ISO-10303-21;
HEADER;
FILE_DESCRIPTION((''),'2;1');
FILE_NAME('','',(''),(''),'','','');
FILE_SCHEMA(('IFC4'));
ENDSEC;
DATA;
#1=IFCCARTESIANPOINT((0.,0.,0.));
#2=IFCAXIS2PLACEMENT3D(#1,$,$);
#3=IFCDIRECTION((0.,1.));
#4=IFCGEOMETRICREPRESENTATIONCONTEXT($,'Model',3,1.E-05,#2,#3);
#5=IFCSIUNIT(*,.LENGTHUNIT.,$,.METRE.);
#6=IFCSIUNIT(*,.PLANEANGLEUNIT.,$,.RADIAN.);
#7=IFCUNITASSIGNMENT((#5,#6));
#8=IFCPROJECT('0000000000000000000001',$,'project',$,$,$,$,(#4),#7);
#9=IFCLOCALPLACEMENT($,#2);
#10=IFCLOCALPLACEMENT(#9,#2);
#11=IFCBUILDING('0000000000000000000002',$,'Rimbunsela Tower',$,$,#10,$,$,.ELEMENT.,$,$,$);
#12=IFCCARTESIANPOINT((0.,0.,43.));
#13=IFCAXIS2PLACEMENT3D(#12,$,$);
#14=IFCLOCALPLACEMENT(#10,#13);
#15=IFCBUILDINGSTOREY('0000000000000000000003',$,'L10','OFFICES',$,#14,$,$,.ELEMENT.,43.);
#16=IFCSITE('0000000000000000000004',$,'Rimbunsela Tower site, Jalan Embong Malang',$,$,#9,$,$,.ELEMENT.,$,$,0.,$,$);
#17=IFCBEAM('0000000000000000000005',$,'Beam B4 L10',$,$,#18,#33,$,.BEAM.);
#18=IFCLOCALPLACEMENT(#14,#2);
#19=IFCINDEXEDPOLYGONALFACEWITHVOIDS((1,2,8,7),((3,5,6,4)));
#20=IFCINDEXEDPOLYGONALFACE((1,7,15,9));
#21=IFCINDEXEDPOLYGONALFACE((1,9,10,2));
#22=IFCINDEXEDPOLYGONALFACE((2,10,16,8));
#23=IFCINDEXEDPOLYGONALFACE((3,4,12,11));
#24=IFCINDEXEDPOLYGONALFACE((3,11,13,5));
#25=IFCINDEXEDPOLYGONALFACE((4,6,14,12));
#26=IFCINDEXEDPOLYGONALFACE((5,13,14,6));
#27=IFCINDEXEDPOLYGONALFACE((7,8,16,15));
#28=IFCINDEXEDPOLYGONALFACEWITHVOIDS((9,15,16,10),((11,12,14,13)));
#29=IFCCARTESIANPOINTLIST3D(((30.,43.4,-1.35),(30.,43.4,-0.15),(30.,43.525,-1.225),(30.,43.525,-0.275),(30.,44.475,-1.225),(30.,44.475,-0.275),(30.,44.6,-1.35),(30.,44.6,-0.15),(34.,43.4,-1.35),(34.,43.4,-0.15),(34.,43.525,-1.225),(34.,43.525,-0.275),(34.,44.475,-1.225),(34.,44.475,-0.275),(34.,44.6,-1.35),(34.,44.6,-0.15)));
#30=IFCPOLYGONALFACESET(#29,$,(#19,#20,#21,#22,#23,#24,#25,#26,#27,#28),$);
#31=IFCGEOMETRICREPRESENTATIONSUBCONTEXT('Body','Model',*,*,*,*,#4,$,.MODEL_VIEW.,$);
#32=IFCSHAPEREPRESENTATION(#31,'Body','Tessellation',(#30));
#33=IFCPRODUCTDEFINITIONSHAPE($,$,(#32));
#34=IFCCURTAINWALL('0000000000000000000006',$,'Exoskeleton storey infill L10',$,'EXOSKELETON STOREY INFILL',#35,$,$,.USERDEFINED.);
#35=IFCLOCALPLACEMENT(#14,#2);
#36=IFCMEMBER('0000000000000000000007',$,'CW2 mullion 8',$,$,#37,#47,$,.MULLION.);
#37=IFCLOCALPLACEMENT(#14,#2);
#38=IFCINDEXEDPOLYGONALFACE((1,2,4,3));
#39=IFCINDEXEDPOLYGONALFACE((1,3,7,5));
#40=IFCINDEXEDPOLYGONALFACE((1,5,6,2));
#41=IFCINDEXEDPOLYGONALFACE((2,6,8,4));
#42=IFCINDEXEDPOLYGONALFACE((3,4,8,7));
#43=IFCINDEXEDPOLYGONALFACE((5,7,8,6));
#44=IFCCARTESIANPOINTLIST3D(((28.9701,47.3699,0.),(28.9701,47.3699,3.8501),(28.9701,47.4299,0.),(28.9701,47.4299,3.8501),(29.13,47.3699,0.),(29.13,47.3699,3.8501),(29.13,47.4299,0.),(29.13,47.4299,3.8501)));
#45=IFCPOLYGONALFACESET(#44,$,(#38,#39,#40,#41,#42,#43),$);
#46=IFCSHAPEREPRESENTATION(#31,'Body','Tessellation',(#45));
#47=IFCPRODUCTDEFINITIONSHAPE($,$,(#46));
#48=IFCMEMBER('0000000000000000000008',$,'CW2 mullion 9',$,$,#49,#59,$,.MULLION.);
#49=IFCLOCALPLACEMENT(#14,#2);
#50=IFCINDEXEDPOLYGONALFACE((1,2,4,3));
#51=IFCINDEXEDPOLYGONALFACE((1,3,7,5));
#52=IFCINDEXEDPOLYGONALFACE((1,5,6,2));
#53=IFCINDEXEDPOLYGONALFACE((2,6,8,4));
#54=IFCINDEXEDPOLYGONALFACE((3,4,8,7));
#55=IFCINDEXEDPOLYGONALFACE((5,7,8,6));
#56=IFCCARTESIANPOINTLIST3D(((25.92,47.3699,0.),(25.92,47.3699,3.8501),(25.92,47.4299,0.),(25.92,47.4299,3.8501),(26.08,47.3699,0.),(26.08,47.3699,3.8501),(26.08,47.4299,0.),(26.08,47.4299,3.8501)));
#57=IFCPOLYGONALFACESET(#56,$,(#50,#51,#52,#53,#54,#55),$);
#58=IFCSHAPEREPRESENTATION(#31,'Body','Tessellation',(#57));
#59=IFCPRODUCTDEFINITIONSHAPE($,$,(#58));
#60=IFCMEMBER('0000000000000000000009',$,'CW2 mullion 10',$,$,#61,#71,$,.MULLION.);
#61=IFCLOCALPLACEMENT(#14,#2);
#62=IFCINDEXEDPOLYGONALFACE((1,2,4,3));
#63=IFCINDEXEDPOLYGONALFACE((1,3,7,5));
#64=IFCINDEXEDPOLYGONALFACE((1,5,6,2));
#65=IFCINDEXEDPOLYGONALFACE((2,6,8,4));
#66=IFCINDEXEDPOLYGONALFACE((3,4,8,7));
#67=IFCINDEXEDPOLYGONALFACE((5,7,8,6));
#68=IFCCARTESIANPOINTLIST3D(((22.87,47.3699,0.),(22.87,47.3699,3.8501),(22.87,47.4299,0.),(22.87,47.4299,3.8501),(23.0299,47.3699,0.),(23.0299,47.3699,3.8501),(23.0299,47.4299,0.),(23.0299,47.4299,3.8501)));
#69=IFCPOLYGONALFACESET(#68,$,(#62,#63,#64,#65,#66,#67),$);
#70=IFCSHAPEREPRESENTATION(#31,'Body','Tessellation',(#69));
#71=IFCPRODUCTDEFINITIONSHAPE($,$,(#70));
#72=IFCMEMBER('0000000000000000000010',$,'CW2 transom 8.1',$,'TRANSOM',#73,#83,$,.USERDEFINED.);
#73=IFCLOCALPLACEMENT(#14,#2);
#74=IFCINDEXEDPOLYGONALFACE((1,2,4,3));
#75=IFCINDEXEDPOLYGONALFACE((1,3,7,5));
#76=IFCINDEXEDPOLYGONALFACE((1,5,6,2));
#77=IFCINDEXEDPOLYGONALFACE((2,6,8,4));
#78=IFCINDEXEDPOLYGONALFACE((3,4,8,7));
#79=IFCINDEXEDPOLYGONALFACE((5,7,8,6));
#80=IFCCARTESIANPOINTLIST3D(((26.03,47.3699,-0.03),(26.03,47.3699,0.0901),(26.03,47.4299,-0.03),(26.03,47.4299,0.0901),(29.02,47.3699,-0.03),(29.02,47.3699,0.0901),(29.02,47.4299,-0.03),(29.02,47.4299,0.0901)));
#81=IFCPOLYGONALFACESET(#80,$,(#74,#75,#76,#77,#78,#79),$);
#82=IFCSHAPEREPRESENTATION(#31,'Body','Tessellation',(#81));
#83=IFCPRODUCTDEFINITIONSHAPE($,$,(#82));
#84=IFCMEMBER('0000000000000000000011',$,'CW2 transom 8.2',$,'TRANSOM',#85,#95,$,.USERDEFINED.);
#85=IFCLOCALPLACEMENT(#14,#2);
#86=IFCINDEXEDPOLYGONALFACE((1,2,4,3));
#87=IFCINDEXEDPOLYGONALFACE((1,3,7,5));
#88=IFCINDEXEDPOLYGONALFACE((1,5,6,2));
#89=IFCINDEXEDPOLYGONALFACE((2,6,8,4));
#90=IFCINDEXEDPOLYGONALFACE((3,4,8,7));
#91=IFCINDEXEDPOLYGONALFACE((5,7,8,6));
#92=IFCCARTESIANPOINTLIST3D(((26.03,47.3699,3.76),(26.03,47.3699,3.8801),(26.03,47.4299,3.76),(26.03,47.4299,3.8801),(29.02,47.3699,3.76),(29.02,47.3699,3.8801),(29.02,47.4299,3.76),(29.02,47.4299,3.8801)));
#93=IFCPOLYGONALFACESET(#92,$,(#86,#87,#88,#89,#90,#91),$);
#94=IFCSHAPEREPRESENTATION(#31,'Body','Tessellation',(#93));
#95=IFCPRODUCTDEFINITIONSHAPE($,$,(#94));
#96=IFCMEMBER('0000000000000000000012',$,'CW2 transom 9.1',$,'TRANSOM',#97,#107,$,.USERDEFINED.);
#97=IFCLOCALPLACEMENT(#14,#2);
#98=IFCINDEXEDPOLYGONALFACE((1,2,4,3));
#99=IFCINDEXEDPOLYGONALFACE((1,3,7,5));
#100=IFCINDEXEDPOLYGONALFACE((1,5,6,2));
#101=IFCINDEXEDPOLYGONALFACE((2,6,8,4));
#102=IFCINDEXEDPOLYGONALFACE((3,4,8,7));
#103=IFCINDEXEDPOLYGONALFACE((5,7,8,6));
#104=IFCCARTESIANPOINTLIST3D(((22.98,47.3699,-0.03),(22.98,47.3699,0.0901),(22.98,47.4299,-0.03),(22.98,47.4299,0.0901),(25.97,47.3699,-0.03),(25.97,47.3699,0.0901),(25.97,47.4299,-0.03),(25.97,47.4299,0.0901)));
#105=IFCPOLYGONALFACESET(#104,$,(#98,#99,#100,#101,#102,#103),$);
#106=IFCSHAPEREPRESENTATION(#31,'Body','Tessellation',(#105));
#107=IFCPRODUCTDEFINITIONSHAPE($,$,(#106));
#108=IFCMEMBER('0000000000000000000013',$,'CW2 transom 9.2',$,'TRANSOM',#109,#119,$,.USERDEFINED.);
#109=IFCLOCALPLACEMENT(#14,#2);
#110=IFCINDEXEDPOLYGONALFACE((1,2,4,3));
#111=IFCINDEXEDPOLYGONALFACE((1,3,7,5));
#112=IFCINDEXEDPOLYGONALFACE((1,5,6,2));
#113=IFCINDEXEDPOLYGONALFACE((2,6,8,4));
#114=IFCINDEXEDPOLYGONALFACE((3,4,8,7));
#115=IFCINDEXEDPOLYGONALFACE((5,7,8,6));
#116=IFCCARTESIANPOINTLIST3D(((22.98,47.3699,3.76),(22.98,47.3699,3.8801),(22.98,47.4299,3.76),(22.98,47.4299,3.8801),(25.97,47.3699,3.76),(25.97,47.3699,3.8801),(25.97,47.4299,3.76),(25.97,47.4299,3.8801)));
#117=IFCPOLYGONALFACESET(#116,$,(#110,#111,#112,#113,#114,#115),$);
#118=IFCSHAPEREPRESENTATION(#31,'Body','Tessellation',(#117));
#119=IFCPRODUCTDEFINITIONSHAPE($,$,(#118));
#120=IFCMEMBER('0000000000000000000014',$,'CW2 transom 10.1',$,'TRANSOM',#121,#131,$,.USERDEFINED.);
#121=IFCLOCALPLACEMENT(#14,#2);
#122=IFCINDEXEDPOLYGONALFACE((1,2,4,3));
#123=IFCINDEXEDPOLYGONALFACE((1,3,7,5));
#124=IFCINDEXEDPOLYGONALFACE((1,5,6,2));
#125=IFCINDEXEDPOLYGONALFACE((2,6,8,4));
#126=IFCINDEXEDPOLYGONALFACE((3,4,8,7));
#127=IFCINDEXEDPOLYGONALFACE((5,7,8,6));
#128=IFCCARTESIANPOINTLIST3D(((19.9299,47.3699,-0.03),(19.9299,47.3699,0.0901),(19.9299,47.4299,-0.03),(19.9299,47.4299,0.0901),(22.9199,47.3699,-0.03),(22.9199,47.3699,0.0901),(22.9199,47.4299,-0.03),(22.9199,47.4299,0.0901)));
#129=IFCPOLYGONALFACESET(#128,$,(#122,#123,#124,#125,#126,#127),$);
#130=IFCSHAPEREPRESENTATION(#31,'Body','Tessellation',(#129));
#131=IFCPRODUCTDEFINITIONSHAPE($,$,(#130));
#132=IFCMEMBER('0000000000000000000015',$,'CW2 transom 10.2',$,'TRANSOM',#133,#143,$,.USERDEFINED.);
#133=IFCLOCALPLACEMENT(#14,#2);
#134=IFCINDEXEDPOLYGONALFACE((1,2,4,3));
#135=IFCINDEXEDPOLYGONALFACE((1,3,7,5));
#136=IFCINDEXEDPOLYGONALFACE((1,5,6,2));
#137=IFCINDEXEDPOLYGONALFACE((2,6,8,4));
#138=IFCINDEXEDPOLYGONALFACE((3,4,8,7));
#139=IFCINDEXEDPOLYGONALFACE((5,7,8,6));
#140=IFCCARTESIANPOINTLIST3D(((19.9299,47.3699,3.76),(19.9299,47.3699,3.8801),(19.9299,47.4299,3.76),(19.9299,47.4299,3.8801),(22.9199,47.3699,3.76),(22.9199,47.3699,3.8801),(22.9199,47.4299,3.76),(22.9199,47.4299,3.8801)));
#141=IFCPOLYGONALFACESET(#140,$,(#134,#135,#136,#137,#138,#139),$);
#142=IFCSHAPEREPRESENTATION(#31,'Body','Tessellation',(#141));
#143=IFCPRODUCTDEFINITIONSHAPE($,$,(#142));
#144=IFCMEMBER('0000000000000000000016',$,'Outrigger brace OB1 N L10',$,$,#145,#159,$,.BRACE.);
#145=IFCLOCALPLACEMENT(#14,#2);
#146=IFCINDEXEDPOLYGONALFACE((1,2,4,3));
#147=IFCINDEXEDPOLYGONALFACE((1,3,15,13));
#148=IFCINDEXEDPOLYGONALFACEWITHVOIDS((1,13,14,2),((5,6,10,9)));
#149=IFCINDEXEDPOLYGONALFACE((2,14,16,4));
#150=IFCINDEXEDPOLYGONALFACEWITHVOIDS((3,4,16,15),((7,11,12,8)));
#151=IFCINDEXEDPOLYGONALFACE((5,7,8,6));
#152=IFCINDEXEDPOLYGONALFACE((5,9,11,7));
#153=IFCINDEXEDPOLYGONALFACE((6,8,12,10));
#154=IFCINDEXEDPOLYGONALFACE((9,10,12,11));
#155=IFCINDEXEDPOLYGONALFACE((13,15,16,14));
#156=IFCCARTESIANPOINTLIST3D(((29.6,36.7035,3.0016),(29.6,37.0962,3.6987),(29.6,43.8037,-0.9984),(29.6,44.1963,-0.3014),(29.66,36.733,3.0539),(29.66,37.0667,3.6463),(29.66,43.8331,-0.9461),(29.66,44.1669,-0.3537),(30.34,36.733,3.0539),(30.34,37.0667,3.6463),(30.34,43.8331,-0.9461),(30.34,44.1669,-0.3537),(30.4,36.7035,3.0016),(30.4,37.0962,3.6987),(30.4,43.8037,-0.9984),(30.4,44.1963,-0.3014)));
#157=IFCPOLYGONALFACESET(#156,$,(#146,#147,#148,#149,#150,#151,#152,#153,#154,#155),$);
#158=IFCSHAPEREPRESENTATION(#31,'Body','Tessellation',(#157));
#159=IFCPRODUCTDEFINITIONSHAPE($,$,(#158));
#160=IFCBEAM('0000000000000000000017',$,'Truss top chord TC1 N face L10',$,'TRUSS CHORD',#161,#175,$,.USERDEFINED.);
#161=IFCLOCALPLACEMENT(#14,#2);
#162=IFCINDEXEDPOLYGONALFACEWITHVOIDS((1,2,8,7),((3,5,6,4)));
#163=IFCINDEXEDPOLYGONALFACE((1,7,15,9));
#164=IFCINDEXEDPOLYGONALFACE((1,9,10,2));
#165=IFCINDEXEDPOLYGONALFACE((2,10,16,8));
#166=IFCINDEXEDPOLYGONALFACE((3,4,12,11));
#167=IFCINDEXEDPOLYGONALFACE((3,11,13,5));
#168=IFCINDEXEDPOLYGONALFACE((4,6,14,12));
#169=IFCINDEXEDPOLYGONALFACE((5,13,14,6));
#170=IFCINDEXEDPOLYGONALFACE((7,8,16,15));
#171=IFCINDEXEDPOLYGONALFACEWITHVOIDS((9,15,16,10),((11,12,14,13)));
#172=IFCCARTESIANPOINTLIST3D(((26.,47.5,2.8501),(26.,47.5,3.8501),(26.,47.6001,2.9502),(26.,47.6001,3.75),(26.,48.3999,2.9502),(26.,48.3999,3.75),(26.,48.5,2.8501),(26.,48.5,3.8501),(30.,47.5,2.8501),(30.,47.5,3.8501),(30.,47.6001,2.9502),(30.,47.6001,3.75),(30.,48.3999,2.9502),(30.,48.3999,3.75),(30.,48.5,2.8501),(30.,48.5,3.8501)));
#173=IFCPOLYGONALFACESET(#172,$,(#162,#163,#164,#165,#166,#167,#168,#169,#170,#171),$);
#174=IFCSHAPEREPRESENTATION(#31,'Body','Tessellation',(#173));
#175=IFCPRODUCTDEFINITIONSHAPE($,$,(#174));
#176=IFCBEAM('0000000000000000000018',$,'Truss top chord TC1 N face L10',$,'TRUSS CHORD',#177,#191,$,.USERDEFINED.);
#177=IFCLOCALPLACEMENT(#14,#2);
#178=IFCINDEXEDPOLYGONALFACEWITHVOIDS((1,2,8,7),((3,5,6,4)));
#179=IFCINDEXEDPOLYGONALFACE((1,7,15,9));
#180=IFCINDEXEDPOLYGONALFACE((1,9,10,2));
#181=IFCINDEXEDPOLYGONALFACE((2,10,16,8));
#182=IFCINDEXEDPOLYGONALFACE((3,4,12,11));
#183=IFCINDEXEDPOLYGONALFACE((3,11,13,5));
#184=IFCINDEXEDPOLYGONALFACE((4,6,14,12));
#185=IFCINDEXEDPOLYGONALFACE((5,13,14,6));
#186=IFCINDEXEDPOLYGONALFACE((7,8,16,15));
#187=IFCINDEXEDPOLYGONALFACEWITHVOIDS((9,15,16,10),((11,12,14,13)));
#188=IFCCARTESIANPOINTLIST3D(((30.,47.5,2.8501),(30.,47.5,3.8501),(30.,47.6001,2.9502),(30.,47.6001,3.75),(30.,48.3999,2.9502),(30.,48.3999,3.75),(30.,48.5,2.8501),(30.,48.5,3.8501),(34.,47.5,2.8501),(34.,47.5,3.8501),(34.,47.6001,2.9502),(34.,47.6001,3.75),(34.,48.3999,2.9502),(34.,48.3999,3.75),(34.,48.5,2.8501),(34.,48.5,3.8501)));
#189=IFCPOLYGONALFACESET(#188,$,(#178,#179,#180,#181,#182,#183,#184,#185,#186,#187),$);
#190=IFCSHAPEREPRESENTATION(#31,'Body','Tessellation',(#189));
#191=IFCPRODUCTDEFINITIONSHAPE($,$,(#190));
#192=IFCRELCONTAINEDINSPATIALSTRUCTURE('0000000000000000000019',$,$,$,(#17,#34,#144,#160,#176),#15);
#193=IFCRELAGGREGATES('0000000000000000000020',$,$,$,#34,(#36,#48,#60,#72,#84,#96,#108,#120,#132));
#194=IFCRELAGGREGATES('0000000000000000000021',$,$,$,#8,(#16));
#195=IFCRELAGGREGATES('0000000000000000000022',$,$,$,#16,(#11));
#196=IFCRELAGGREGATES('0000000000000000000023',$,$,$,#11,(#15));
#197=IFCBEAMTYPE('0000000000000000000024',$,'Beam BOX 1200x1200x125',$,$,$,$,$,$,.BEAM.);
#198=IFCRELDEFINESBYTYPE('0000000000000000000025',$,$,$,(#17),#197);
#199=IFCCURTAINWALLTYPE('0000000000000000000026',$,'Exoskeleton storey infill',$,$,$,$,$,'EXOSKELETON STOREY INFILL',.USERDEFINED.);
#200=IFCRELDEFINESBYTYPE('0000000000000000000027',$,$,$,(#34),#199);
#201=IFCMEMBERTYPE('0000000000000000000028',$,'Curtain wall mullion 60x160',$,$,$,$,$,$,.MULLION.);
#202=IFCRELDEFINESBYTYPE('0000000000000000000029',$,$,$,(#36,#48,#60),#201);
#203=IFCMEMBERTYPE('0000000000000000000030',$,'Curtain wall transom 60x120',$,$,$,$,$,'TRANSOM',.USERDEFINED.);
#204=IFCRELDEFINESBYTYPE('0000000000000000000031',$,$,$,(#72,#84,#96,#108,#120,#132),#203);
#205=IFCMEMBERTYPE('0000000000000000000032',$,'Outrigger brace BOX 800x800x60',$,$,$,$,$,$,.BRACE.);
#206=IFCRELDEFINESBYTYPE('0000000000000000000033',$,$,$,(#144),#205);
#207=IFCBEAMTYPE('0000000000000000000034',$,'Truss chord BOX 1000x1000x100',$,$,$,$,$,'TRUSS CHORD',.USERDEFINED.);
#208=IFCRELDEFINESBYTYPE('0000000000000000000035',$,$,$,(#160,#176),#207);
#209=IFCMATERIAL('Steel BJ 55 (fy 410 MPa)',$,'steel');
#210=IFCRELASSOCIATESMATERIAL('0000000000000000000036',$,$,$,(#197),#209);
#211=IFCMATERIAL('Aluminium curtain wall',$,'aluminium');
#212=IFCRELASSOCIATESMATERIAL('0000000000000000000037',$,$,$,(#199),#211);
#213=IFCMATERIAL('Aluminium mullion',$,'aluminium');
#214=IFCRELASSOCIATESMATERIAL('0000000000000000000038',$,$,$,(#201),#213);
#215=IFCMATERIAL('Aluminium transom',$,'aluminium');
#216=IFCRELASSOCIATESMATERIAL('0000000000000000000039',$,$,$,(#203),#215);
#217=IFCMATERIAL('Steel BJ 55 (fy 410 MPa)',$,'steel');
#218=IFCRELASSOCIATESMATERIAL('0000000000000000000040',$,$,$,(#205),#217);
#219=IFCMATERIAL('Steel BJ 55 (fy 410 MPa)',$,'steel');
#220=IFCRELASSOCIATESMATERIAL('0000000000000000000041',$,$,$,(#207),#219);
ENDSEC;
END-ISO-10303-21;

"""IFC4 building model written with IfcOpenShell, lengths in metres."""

from ifc_helpers import new_model, si_unit, direction, frame, origin, origin_2d, place, context, subcontext, project, spatial, rectangle, hollow_rectangle, extrude, material, material_profile, profile_set, type_object, element, aggregate, save


model = new_model("IFC4")

# Units and contexts
model_context = context("Model", 3, precision=1e-05, world=origin(), true_north=direction((0.0, 1.0)))
body_context = subcontext(model_context, "Body", "Model", "MODEL_VIEW")
ifc_project = project(units=[si_unit("LENGTHUNIT", "METRE"), si_unit("PLANEANGLEUNIT", "RADIAN")], contexts=[model_context])

# Site, building, storey
site_placement = place(None, origin())
site = spatial("IfcSite", under=ifc_project, at=site_placement, Name="Rimbunsela Tower site, Jalan Embong Malang", CompositionType="ELEMENT", RefElevation=0.0)
building_placement = place(site_placement, origin())
building = spatial("IfcBuilding", under=site, at=building_placement, Name="Rimbunsela Tower", CompositionType="ELEMENT")
storey_placement = place(building_placement, frame((0.0, 0.0, 43.0)))
storey = spatial("IfcBuildingStorey", under=building, at=storey_placement, Name="L10", Description="OFFICES", CompositionType="ELEMENT", Elevation=43.0)

# Beam
ifc_material_1 = material(Name="Steel BJ 55 (fy 410 MPa)", Category="steel")
ifc_material_profile_1 = material_profile(ifc_material_1, hollow_rectangle(XDim=1.2, YDim=1.2, WallThickness=0.125, at=origin_2d()), Name="BOX 1200x1200x125")
ifc_profile_set_1 = profile_set([ifc_material_profile_1], Name="Steel BJ 55 (fy 410 MPa)")
beam_type_1 = type_object("IfcBeamType", Name="Beam BOX 1200x1200x125", PredefinedType="BEAM", material=ifc_profile_set_1)
beam_placement = place(storey_placement, frame((30.0, 44.0, -0.75), z_axis=(1.0, 0.0, 0.0), x_axis=(0.0, 1.0, 0.0)))
element("IfcBeam", 1, at=beam_placement, inside=storey, type_object=beam_type_1, Name="Beam B4 L10", PredefinedType="BEAM", context=body_context, shape_type="SweptSolid", body=[
    extrude(hollow_rectangle(XDim=1.2, YDim=1.2, WallThickness=0.125, at=origin_2d()), origin(), (0.0, 0.0, 1.0), 4.0),
])

# Curtain wall, members
ifc_material_2 = material(Name="Aluminium curtain wall", Category="aluminium")
curtain_wall_type = type_object("IfcCurtainWallType", Name="Exoskeleton storey infill", ElementType="EXOSKELETON STOREY INFILL", PredefinedType="USERDEFINED", material=ifc_material_2)
curtain_wall_placement = place(storey_placement, origin())
curtain_wall = element("IfcCurtainWall", 2, at=curtain_wall_placement, inside=storey, type_object=curtain_wall_type, Name="Exoskeleton storey infill L10", ObjectType="EXOSKELETON STOREY INFILL", PredefinedType="USERDEFINED")
ifc_material_3 = material(Name="Aluminium mullion", Category="aluminium")
ifc_material_profile_2 = material_profile(ifc_material_3, rectangle(XDim=0.0601, YDim=0.1599, at=origin_2d()), Name="Mullion 60x160")
ifc_profile_set_2 = profile_set([ifc_material_profile_2], Name="Aluminium mullion")
member_type_1 = type_object("IfcMemberType", Name="Curtain wall mullion 60x160", PredefinedType="MULLION", material=ifc_profile_set_2)
member_1_placement = place(storey_placement, frame((29.05, 47.3999, 0.0), z_axis=(0.0, 0.0, 1.0), x_axis=(0.0, -1.0, 0.0)))
member_1 = element("IfcMember", 3, at=member_1_placement, type_object=member_type_1, Name="CW2 mullion 8", PredefinedType="MULLION", context=body_context, shape_type="SweptSolid", body=[
    extrude(rectangle(XDim=0.0601, YDim=0.1599, at=origin_2d()), origin(), (0.0, 0.0, 1.0), 3.8501),
])
member_2_placement = place(storey_placement, frame((26.0, 47.3999, 0.0), z_axis=(0.0, 0.0, 1.0), x_axis=(0.0, -1.0, 0.0)))
member_2 = element("IfcMember", 4, at=member_2_placement, type_object=member_type_1, Name="CW2 mullion 9", PredefinedType="MULLION", context=body_context, shape_type="SweptSolid", body=[
    extrude(rectangle(XDim=0.0601, YDim=0.1599, at=origin_2d()), origin(), (0.0, 0.0, 1.0), 3.8501),
])
member_3_placement = place(storey_placement, frame((22.95, 47.3999, 0.0), z_axis=(0.0, 0.0, 1.0), x_axis=(0.0, -1.0, 0.0)))
member_3 = element("IfcMember", 5, at=member_3_placement, type_object=member_type_1, Name="CW2 mullion 10", PredefinedType="MULLION", context=body_context, shape_type="SweptSolid", body=[
    extrude(rectangle(XDim=0.0601, YDim=0.1599, at=origin_2d()), origin(), (0.0, 0.0, 1.0), 3.8501),
])
ifc_material_4 = material(Name="Aluminium transom", Category="aluminium")
ifc_material_profile_3 = material_profile(ifc_material_4, rectangle(XDim=0.0601, YDim=0.1201, at=origin_2d()), Name="Transom 60x120")
ifc_profile_set_3 = profile_set([ifc_material_profile_3], Name="Aluminium transom")
member_type_2 = type_object("IfcMemberType", Name="Curtain wall transom 60x120", ElementType="TRANSOM", PredefinedType="USERDEFINED", material=ifc_profile_set_3)
member_4_placement = place(storey_placement, frame((29.02, 47.3999, 0.03), z_axis=(-1.0, 0.0, 0.0), x_axis=(0.0, -1.0, 0.0)))
member_4 = element("IfcMember", 6, at=member_4_placement, type_object=member_type_2, Name="CW2 transom 8.1", ObjectType="TRANSOM", PredefinedType="USERDEFINED", context=body_context, shape_type="SweptSolid", body=[
    extrude(rectangle(XDim=0.0601, YDim=0.1201, at=origin_2d()), origin(), (0.0, 0.0, 1.0), 2.99),
])
member_5_placement = place(storey_placement, frame((29.02, 47.3999, 3.8201), z_axis=(-1.0, 0.0, 0.0), x_axis=(0.0, -1.0, 0.0)))
member_5 = element("IfcMember", 7, at=member_5_placement, type_object=member_type_2, Name="CW2 transom 8.2", ObjectType="TRANSOM", PredefinedType="USERDEFINED", context=body_context, shape_type="SweptSolid", body=[
    extrude(rectangle(XDim=0.0601, YDim=0.1201, at=origin_2d()), origin(), (0.0, 0.0, 1.0), 2.99),
])
member_6_placement = place(storey_placement, frame((25.97, 47.3999, 0.03), z_axis=(-1.0, 0.0, 0.0), x_axis=(0.0, -1.0, 0.0)))
member_6 = element("IfcMember", 8, at=member_6_placement, type_object=member_type_2, Name="CW2 transom 9.1", ObjectType="TRANSOM", PredefinedType="USERDEFINED", context=body_context, shape_type="SweptSolid", body=[
    extrude(rectangle(XDim=0.0601, YDim=0.1201, at=origin_2d()), origin(), (0.0, 0.0, 1.0), 2.99),
])
member_7_placement = place(storey_placement, frame((25.97, 47.3999, 3.8201), z_axis=(-1.0, 0.0, 0.0), x_axis=(0.0, -1.0, 0.0)))
member_7 = element("IfcMember", 9, at=member_7_placement, type_object=member_type_2, Name="CW2 transom 9.2", ObjectType="TRANSOM", PredefinedType="USERDEFINED", context=body_context, shape_type="SweptSolid", body=[
    extrude(rectangle(XDim=0.0601, YDim=0.1201, at=origin_2d()), origin(), (0.0, 0.0, 1.0), 2.99),
])
member_8_placement = place(storey_placement, frame((22.9199, 47.3999, 0.03), z_axis=(-1.0, 0.0, 0.0), x_axis=(0.0, -1.0, 0.0)))
member_8 = element("IfcMember", 10, at=member_8_placement, type_object=member_type_2, Name="CW2 transom 10.1", ObjectType="TRANSOM", PredefinedType="USERDEFINED", context=body_context, shape_type="SweptSolid", body=[
    extrude(rectangle(XDim=0.0601, YDim=0.1201, at=origin_2d()), origin(), (0.0, 0.0, 1.0), 2.99),
])
member_9_placement = place(storey_placement, frame((22.9199, 47.3999, 3.8201), z_axis=(-1.0, 0.0, 0.0), x_axis=(0.0, -1.0, 0.0)))
member_9 = element("IfcMember", 11, at=member_9_placement, type_object=member_type_2, Name="CW2 transom 10.2", ObjectType="TRANSOM", PredefinedType="USERDEFINED", context=body_context, shape_type="SweptSolid", body=[
    extrude(rectangle(XDim=0.0601, YDim=0.1201, at=origin_2d()), origin(), (0.0, 0.0, 1.0), 2.99),
])

# Member
ifc_material_5 = material(Name="Steel BJ 55 (fy 410 MPa)", Category="steel")
ifc_material_profile_4 = material_profile(ifc_material_5, hollow_rectangle(XDim=0.8, YDim=0.8, WallThickness=0.0601, at=origin_2d()), Name="BOX 800x800x60")
ifc_profile_set_4 = profile_set([ifc_material_profile_4], Name="Steel BJ 55 (fy 410 MPa)")
member_type_3 = type_object("IfcMemberType", Name="Outrigger brace BOX 800x800x60", PredefinedType="BRACE", material=ifc_profile_set_4)
member_10_placement = place(storey_placement, frame((30.0, 44.0, -0.6499), z_axis=(0.0, -0.871251, 0.490839), x_axis=(1.0, 0.0, 0.0)))
element("IfcMember", 12, at=member_10_placement, inside=storey, type_object=member_type_3, Name="Outrigger brace OB1 N L10", PredefinedType="BRACE", context=body_context, shape_type="SweptSolid", body=[
    extrude(hollow_rectangle(XDim=0.8, YDim=0.8, WallThickness=0.0601, at=origin_2d()), origin(), (0.0, 0.0, 1.0), 8.1494),
])

# Beams
ifc_material_6 = material(Name="Steel BJ 55 (fy 410 MPa)", Category="steel")
ifc_material_profile_5 = material_profile(ifc_material_6, hollow_rectangle(XDim=1.0, YDim=1.0, WallThickness=0.1001, at=origin_2d()), Name="BOX 1000x1000x100")
ifc_profile_set_5 = profile_set([ifc_material_profile_5], Name="Steel BJ 55 (fy 410 MPa)")
beam_type_2 = type_object("IfcBeamType", Name="Truss chord BOX 1000x1000x100", ElementType="TRUSS CHORD", PredefinedType="USERDEFINED", material=ifc_profile_set_5)
for number, where, z_axis, x_axis, name in (
    (13, (26.0, 48.0, 3.3501), (1.0, 0.0, 0.0), (0.0, 1.0, 0.0), "Truss top chord TC1 N face L10"),
    (14, (30.0, 48.0, 3.3501), (1.0, 0.0, 0.0), (0.0, 1.0, 0.0), "Truss top chord TC1 N face L10"),
):
    element("IfcBeam", number, at=place(storey_placement, frame(where, z_axis=z_axis, x_axis=x_axis)), inside=storey, type_object=beam_type_2, Name=name, ObjectType="TRUSS CHORD", PredefinedType="USERDEFINED", context=body_context, shape_type="SweptSolid", body=[
        extrude(hollow_rectangle(XDim=1.0, YDim=1.0, WallThickness=0.1001, at=origin_2d()), origin(), (0.0, 0.0, 1.0), 4.0),
    ])

aggregate(curtain_wall, [member_1, member_2, member_3, member_4, member_5, member_6, member_7, member_8, member_9])

save(model, "model.ifc")
